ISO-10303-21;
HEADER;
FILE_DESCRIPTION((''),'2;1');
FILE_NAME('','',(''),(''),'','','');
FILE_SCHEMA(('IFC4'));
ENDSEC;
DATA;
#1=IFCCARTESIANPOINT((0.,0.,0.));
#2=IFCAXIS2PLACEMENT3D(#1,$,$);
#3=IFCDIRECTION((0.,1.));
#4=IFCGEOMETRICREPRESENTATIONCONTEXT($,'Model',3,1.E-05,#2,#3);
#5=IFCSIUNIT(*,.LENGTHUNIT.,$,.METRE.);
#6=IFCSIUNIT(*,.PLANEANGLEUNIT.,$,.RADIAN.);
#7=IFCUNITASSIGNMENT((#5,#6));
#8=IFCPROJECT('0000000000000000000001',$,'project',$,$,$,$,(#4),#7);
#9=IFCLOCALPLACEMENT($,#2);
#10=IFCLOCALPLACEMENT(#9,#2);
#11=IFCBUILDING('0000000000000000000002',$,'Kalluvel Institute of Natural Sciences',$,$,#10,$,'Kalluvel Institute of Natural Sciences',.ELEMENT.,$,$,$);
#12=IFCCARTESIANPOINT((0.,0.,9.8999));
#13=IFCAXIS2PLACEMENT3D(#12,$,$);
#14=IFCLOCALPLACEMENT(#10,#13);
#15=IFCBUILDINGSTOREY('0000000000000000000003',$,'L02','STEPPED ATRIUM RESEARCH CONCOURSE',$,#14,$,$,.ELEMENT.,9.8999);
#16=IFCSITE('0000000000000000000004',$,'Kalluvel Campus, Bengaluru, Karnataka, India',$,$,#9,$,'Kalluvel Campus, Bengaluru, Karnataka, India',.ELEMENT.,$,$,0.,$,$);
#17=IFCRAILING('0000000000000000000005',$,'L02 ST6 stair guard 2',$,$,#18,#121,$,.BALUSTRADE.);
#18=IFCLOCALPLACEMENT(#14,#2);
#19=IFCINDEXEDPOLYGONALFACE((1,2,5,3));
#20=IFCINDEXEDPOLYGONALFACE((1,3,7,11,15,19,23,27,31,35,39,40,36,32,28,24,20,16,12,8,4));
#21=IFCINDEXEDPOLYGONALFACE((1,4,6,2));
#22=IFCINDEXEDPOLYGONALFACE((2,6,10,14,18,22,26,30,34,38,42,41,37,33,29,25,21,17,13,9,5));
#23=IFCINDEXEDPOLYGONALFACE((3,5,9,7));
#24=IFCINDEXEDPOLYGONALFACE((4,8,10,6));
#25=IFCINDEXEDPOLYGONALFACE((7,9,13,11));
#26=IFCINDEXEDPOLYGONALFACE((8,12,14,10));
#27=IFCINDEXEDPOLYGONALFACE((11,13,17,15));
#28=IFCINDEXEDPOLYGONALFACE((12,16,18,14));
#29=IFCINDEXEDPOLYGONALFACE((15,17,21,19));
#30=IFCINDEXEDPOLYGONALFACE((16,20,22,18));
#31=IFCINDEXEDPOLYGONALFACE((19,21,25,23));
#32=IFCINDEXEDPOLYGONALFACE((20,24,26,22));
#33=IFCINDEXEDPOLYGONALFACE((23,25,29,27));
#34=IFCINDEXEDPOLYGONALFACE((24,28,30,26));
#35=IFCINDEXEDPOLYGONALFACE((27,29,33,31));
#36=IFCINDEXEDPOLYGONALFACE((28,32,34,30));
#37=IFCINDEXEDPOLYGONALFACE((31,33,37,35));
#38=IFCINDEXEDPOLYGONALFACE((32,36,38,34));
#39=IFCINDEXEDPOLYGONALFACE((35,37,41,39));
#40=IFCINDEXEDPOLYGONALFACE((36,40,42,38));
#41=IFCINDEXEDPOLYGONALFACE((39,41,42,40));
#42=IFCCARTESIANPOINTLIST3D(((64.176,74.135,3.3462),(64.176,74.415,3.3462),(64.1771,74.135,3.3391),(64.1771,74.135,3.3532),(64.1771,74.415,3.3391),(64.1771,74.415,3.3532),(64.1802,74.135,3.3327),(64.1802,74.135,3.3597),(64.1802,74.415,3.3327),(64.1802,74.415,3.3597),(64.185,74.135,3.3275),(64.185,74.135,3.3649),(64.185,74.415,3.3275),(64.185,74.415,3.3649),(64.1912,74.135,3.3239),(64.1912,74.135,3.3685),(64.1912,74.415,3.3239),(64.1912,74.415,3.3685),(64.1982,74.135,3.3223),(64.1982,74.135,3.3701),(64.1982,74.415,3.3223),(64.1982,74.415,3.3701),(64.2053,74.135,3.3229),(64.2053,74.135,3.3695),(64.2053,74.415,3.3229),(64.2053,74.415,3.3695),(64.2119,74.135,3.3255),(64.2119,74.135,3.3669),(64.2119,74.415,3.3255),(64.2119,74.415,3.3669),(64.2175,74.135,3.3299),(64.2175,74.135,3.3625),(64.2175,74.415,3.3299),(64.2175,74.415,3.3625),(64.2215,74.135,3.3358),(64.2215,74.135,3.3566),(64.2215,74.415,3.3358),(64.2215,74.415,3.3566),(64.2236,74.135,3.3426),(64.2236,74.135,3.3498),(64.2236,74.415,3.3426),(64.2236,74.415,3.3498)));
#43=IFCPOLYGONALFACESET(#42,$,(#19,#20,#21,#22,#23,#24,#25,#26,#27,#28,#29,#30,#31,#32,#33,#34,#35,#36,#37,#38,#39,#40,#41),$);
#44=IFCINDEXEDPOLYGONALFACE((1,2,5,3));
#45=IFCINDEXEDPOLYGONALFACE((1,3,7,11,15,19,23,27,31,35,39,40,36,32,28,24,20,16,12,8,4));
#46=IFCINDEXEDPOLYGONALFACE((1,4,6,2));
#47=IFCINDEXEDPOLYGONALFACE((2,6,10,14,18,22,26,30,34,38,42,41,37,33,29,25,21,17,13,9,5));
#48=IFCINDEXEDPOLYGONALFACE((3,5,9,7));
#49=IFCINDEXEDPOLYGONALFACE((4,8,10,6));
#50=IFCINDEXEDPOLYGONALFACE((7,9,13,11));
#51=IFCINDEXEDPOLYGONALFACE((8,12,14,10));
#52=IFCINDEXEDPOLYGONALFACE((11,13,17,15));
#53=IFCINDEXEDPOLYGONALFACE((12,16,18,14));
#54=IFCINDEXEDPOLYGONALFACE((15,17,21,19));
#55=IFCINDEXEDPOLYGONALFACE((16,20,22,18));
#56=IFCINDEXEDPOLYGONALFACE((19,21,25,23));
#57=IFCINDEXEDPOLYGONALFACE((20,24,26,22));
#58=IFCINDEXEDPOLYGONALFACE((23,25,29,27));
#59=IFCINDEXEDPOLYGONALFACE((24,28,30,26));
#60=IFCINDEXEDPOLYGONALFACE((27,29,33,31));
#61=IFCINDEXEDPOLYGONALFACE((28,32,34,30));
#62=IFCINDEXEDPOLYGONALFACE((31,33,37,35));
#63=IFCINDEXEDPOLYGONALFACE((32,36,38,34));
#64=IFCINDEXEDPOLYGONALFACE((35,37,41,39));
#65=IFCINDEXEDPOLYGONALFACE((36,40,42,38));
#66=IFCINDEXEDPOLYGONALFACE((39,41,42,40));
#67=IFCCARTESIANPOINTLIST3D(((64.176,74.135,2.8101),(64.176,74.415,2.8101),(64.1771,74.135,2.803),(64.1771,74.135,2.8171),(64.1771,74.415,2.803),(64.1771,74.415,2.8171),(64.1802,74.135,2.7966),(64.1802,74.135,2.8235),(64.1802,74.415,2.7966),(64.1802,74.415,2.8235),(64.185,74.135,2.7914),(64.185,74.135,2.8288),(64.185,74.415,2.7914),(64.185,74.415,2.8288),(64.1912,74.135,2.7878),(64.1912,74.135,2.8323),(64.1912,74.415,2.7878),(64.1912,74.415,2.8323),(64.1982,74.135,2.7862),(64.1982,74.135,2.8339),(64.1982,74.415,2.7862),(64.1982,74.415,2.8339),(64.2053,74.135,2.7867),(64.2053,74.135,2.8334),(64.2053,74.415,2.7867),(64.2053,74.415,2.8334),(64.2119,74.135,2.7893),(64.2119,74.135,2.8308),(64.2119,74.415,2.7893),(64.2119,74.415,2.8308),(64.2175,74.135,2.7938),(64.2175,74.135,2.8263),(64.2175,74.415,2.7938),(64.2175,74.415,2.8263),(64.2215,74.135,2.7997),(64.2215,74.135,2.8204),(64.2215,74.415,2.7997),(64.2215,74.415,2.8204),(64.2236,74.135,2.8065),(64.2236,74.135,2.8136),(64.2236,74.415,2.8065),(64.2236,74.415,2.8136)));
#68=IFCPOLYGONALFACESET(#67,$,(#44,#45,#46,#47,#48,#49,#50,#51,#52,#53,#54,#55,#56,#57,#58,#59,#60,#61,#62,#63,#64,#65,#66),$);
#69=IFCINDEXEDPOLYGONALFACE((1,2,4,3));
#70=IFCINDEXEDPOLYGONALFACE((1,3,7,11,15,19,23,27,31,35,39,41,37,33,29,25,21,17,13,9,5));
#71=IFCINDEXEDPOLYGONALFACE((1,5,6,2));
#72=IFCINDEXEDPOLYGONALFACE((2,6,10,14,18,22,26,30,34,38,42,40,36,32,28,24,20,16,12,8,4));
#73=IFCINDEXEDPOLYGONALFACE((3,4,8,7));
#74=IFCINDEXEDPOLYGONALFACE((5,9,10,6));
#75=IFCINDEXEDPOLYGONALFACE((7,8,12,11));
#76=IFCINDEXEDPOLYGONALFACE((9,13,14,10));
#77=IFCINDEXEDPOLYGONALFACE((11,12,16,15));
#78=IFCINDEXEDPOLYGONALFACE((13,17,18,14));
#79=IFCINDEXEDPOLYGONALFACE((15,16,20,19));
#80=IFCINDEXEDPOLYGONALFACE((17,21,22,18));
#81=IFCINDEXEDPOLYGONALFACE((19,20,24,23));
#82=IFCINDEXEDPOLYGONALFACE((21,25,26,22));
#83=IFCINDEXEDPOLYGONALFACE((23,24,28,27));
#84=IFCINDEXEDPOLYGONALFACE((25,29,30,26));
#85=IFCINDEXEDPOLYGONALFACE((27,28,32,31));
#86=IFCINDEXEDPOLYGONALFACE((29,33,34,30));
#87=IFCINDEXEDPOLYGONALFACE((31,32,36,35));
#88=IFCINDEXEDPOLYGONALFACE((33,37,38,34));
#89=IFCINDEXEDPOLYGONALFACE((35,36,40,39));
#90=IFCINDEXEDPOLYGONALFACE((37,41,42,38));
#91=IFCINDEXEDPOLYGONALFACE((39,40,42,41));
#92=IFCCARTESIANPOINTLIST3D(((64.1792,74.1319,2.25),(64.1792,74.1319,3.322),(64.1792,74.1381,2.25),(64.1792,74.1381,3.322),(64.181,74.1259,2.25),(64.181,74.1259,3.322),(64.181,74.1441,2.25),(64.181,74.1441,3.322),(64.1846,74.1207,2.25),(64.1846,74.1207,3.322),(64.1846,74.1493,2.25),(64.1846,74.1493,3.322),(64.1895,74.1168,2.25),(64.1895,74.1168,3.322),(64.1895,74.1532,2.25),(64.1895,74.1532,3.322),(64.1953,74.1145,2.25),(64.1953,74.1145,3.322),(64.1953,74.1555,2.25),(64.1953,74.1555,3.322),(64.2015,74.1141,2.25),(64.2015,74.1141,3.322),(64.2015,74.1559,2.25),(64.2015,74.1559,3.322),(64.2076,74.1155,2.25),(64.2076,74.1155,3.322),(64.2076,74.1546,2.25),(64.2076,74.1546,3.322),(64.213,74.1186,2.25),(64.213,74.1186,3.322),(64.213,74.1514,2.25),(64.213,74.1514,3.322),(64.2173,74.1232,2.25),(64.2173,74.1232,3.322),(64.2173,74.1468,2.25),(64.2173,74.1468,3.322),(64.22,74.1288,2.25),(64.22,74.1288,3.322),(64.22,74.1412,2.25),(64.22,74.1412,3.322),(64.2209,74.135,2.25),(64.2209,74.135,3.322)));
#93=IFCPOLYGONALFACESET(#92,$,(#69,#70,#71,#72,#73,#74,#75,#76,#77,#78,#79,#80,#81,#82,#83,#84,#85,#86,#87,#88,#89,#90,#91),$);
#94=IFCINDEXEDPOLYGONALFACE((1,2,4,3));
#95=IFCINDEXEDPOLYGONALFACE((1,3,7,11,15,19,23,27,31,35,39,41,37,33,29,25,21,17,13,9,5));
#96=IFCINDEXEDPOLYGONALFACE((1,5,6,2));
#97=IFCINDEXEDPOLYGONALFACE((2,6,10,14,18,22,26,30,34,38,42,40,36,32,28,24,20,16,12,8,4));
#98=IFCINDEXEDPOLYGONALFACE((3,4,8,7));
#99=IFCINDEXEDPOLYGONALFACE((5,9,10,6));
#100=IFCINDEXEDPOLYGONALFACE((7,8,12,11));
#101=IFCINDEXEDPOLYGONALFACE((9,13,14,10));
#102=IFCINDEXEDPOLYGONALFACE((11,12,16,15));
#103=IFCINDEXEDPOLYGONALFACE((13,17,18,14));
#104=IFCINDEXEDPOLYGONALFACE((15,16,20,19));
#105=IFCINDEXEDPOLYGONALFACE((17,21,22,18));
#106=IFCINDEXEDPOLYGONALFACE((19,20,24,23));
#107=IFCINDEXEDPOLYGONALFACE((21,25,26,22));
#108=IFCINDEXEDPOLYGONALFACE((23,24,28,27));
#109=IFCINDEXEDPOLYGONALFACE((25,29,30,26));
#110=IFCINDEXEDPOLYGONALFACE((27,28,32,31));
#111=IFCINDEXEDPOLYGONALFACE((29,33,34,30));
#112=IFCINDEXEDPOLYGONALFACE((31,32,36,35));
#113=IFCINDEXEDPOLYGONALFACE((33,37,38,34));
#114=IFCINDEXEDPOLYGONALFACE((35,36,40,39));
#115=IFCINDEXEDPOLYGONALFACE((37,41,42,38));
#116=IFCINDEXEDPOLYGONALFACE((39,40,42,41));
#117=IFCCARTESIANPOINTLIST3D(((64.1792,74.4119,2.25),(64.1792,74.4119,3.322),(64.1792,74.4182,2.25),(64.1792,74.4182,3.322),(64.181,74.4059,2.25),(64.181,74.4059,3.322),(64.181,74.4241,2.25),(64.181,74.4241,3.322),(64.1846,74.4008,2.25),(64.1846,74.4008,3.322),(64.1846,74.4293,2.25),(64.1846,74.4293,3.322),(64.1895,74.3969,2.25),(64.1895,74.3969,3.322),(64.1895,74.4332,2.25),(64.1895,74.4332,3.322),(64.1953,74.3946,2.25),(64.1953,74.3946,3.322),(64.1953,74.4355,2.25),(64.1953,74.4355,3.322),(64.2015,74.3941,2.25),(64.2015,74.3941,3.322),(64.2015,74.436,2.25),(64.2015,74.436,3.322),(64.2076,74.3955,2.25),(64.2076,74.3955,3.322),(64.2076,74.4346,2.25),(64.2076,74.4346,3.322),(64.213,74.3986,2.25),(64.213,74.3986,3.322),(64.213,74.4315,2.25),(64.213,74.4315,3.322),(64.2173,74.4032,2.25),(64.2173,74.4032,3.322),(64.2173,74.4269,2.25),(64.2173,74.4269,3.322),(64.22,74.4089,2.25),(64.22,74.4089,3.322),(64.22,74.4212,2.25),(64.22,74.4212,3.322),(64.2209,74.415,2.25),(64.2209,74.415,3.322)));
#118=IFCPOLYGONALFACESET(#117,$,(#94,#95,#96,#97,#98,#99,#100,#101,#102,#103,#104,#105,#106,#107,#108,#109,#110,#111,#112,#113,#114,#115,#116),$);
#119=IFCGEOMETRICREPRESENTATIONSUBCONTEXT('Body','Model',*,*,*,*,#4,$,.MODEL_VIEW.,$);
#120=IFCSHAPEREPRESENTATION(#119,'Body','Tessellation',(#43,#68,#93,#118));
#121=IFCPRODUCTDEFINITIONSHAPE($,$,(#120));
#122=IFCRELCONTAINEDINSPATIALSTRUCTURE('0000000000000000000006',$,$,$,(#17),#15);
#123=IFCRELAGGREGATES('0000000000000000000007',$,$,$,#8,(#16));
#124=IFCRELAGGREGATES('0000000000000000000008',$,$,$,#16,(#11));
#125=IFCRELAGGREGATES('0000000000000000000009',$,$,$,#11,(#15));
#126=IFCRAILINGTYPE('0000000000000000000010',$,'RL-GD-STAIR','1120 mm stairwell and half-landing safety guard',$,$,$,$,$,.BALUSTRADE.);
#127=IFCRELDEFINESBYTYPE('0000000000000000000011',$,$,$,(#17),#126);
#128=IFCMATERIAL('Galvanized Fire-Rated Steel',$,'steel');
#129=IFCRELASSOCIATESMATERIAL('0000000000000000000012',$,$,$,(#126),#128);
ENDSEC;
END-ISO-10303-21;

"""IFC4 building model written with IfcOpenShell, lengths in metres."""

from ifc_helpers import new_model, si_unit, direction, frame, origin, origin_2d, place, context, subcontext, project, spatial, circle, extrude, material, type_object, element, save


model = new_model("IFC4")

# Units and contexts
model_context = context("Model", 3, precision=1e-05, world=origin(), true_north=direction((0.0, 1.0)))
body_context = subcontext(model_context, "Body", "Model", "MODEL_VIEW")
ifc_project = project(units=[si_unit("LENGTHUNIT", "METRE"), si_unit("PLANEANGLEUNIT", "RADIAN")], contexts=[model_context])

# Site, building, storey
site_placement = place(None, origin())
site = spatial("IfcSite", under=ifc_project, at=site_placement, Name="Kalluvel Campus, Bengaluru, Karnataka, India", LongName="Kalluvel Campus, Bengaluru, Karnataka, India", CompositionType="ELEMENT", RefElevation=0.0)
building_placement = place(site_placement, origin())
building = spatial("IfcBuilding", under=site, at=building_placement, Name="Kalluvel Institute of Natural Sciences", LongName="Kalluvel Institute of Natural Sciences", CompositionType="ELEMENT")
storey_placement = place(building_placement, frame((0.0, 0.0, 9.8999)))
storey = spatial("IfcBuildingStorey", under=building, at=storey_placement, Name="L02", Description="STEPPED ATRIUM RESEARCH CONCOURSE", CompositionType="ELEMENT", Elevation=9.8999)

# Railing
ifc_material_1 = material(Name="Galvanized Fire-Rated Steel", Category="steel")
railing_type = type_object("IfcRailingType", Name="RL-GD-STAIR", Description="1120 mm stairwell and half-landing safety guard", PredefinedType="BALUSTRADE", material=ifc_material_1)
railing_1_placement = place(storey_placement, frame((64.2, 74.135, 2.25)))
element("IfcRailing", 1, at=railing_1_placement, inside=storey, type_object=railing_type, Name="L02 ST6 stair guard 2", PredefinedType="BALUSTRADE", context=body_context, shape_type="SweptSolid", body=[
    extrude(circle(Radius=0.0239, at=origin_2d()), frame((0.0, 0.0, 1.0962), z_axis=(0.0, 1.0, 0.0), x_axis=(-1.0, 0.0, 0.0)), (0.0, 0.0, 1.0), 0.28),
    extrude(circle(Radius=0.0239, at=origin_2d()), frame((0.0, 0.0, 0.5601), z_axis=(0.0, 1.0, 0.0), x_axis=(-1.0, 0.0, 0.0)), (0.0, 0.0, 1.0), 0.28),
    extrude(circle(Radius=0.021, at=origin_2d()), origin(), (0.0, 0.0, 1.0), 1.072),
    extrude(circle(Radius=0.021, at=origin_2d()), frame((0.0, 0.28, 0.0)), (0.0, 0.0, 1.0), 1.072),
])

save(model, "model.ifc")
